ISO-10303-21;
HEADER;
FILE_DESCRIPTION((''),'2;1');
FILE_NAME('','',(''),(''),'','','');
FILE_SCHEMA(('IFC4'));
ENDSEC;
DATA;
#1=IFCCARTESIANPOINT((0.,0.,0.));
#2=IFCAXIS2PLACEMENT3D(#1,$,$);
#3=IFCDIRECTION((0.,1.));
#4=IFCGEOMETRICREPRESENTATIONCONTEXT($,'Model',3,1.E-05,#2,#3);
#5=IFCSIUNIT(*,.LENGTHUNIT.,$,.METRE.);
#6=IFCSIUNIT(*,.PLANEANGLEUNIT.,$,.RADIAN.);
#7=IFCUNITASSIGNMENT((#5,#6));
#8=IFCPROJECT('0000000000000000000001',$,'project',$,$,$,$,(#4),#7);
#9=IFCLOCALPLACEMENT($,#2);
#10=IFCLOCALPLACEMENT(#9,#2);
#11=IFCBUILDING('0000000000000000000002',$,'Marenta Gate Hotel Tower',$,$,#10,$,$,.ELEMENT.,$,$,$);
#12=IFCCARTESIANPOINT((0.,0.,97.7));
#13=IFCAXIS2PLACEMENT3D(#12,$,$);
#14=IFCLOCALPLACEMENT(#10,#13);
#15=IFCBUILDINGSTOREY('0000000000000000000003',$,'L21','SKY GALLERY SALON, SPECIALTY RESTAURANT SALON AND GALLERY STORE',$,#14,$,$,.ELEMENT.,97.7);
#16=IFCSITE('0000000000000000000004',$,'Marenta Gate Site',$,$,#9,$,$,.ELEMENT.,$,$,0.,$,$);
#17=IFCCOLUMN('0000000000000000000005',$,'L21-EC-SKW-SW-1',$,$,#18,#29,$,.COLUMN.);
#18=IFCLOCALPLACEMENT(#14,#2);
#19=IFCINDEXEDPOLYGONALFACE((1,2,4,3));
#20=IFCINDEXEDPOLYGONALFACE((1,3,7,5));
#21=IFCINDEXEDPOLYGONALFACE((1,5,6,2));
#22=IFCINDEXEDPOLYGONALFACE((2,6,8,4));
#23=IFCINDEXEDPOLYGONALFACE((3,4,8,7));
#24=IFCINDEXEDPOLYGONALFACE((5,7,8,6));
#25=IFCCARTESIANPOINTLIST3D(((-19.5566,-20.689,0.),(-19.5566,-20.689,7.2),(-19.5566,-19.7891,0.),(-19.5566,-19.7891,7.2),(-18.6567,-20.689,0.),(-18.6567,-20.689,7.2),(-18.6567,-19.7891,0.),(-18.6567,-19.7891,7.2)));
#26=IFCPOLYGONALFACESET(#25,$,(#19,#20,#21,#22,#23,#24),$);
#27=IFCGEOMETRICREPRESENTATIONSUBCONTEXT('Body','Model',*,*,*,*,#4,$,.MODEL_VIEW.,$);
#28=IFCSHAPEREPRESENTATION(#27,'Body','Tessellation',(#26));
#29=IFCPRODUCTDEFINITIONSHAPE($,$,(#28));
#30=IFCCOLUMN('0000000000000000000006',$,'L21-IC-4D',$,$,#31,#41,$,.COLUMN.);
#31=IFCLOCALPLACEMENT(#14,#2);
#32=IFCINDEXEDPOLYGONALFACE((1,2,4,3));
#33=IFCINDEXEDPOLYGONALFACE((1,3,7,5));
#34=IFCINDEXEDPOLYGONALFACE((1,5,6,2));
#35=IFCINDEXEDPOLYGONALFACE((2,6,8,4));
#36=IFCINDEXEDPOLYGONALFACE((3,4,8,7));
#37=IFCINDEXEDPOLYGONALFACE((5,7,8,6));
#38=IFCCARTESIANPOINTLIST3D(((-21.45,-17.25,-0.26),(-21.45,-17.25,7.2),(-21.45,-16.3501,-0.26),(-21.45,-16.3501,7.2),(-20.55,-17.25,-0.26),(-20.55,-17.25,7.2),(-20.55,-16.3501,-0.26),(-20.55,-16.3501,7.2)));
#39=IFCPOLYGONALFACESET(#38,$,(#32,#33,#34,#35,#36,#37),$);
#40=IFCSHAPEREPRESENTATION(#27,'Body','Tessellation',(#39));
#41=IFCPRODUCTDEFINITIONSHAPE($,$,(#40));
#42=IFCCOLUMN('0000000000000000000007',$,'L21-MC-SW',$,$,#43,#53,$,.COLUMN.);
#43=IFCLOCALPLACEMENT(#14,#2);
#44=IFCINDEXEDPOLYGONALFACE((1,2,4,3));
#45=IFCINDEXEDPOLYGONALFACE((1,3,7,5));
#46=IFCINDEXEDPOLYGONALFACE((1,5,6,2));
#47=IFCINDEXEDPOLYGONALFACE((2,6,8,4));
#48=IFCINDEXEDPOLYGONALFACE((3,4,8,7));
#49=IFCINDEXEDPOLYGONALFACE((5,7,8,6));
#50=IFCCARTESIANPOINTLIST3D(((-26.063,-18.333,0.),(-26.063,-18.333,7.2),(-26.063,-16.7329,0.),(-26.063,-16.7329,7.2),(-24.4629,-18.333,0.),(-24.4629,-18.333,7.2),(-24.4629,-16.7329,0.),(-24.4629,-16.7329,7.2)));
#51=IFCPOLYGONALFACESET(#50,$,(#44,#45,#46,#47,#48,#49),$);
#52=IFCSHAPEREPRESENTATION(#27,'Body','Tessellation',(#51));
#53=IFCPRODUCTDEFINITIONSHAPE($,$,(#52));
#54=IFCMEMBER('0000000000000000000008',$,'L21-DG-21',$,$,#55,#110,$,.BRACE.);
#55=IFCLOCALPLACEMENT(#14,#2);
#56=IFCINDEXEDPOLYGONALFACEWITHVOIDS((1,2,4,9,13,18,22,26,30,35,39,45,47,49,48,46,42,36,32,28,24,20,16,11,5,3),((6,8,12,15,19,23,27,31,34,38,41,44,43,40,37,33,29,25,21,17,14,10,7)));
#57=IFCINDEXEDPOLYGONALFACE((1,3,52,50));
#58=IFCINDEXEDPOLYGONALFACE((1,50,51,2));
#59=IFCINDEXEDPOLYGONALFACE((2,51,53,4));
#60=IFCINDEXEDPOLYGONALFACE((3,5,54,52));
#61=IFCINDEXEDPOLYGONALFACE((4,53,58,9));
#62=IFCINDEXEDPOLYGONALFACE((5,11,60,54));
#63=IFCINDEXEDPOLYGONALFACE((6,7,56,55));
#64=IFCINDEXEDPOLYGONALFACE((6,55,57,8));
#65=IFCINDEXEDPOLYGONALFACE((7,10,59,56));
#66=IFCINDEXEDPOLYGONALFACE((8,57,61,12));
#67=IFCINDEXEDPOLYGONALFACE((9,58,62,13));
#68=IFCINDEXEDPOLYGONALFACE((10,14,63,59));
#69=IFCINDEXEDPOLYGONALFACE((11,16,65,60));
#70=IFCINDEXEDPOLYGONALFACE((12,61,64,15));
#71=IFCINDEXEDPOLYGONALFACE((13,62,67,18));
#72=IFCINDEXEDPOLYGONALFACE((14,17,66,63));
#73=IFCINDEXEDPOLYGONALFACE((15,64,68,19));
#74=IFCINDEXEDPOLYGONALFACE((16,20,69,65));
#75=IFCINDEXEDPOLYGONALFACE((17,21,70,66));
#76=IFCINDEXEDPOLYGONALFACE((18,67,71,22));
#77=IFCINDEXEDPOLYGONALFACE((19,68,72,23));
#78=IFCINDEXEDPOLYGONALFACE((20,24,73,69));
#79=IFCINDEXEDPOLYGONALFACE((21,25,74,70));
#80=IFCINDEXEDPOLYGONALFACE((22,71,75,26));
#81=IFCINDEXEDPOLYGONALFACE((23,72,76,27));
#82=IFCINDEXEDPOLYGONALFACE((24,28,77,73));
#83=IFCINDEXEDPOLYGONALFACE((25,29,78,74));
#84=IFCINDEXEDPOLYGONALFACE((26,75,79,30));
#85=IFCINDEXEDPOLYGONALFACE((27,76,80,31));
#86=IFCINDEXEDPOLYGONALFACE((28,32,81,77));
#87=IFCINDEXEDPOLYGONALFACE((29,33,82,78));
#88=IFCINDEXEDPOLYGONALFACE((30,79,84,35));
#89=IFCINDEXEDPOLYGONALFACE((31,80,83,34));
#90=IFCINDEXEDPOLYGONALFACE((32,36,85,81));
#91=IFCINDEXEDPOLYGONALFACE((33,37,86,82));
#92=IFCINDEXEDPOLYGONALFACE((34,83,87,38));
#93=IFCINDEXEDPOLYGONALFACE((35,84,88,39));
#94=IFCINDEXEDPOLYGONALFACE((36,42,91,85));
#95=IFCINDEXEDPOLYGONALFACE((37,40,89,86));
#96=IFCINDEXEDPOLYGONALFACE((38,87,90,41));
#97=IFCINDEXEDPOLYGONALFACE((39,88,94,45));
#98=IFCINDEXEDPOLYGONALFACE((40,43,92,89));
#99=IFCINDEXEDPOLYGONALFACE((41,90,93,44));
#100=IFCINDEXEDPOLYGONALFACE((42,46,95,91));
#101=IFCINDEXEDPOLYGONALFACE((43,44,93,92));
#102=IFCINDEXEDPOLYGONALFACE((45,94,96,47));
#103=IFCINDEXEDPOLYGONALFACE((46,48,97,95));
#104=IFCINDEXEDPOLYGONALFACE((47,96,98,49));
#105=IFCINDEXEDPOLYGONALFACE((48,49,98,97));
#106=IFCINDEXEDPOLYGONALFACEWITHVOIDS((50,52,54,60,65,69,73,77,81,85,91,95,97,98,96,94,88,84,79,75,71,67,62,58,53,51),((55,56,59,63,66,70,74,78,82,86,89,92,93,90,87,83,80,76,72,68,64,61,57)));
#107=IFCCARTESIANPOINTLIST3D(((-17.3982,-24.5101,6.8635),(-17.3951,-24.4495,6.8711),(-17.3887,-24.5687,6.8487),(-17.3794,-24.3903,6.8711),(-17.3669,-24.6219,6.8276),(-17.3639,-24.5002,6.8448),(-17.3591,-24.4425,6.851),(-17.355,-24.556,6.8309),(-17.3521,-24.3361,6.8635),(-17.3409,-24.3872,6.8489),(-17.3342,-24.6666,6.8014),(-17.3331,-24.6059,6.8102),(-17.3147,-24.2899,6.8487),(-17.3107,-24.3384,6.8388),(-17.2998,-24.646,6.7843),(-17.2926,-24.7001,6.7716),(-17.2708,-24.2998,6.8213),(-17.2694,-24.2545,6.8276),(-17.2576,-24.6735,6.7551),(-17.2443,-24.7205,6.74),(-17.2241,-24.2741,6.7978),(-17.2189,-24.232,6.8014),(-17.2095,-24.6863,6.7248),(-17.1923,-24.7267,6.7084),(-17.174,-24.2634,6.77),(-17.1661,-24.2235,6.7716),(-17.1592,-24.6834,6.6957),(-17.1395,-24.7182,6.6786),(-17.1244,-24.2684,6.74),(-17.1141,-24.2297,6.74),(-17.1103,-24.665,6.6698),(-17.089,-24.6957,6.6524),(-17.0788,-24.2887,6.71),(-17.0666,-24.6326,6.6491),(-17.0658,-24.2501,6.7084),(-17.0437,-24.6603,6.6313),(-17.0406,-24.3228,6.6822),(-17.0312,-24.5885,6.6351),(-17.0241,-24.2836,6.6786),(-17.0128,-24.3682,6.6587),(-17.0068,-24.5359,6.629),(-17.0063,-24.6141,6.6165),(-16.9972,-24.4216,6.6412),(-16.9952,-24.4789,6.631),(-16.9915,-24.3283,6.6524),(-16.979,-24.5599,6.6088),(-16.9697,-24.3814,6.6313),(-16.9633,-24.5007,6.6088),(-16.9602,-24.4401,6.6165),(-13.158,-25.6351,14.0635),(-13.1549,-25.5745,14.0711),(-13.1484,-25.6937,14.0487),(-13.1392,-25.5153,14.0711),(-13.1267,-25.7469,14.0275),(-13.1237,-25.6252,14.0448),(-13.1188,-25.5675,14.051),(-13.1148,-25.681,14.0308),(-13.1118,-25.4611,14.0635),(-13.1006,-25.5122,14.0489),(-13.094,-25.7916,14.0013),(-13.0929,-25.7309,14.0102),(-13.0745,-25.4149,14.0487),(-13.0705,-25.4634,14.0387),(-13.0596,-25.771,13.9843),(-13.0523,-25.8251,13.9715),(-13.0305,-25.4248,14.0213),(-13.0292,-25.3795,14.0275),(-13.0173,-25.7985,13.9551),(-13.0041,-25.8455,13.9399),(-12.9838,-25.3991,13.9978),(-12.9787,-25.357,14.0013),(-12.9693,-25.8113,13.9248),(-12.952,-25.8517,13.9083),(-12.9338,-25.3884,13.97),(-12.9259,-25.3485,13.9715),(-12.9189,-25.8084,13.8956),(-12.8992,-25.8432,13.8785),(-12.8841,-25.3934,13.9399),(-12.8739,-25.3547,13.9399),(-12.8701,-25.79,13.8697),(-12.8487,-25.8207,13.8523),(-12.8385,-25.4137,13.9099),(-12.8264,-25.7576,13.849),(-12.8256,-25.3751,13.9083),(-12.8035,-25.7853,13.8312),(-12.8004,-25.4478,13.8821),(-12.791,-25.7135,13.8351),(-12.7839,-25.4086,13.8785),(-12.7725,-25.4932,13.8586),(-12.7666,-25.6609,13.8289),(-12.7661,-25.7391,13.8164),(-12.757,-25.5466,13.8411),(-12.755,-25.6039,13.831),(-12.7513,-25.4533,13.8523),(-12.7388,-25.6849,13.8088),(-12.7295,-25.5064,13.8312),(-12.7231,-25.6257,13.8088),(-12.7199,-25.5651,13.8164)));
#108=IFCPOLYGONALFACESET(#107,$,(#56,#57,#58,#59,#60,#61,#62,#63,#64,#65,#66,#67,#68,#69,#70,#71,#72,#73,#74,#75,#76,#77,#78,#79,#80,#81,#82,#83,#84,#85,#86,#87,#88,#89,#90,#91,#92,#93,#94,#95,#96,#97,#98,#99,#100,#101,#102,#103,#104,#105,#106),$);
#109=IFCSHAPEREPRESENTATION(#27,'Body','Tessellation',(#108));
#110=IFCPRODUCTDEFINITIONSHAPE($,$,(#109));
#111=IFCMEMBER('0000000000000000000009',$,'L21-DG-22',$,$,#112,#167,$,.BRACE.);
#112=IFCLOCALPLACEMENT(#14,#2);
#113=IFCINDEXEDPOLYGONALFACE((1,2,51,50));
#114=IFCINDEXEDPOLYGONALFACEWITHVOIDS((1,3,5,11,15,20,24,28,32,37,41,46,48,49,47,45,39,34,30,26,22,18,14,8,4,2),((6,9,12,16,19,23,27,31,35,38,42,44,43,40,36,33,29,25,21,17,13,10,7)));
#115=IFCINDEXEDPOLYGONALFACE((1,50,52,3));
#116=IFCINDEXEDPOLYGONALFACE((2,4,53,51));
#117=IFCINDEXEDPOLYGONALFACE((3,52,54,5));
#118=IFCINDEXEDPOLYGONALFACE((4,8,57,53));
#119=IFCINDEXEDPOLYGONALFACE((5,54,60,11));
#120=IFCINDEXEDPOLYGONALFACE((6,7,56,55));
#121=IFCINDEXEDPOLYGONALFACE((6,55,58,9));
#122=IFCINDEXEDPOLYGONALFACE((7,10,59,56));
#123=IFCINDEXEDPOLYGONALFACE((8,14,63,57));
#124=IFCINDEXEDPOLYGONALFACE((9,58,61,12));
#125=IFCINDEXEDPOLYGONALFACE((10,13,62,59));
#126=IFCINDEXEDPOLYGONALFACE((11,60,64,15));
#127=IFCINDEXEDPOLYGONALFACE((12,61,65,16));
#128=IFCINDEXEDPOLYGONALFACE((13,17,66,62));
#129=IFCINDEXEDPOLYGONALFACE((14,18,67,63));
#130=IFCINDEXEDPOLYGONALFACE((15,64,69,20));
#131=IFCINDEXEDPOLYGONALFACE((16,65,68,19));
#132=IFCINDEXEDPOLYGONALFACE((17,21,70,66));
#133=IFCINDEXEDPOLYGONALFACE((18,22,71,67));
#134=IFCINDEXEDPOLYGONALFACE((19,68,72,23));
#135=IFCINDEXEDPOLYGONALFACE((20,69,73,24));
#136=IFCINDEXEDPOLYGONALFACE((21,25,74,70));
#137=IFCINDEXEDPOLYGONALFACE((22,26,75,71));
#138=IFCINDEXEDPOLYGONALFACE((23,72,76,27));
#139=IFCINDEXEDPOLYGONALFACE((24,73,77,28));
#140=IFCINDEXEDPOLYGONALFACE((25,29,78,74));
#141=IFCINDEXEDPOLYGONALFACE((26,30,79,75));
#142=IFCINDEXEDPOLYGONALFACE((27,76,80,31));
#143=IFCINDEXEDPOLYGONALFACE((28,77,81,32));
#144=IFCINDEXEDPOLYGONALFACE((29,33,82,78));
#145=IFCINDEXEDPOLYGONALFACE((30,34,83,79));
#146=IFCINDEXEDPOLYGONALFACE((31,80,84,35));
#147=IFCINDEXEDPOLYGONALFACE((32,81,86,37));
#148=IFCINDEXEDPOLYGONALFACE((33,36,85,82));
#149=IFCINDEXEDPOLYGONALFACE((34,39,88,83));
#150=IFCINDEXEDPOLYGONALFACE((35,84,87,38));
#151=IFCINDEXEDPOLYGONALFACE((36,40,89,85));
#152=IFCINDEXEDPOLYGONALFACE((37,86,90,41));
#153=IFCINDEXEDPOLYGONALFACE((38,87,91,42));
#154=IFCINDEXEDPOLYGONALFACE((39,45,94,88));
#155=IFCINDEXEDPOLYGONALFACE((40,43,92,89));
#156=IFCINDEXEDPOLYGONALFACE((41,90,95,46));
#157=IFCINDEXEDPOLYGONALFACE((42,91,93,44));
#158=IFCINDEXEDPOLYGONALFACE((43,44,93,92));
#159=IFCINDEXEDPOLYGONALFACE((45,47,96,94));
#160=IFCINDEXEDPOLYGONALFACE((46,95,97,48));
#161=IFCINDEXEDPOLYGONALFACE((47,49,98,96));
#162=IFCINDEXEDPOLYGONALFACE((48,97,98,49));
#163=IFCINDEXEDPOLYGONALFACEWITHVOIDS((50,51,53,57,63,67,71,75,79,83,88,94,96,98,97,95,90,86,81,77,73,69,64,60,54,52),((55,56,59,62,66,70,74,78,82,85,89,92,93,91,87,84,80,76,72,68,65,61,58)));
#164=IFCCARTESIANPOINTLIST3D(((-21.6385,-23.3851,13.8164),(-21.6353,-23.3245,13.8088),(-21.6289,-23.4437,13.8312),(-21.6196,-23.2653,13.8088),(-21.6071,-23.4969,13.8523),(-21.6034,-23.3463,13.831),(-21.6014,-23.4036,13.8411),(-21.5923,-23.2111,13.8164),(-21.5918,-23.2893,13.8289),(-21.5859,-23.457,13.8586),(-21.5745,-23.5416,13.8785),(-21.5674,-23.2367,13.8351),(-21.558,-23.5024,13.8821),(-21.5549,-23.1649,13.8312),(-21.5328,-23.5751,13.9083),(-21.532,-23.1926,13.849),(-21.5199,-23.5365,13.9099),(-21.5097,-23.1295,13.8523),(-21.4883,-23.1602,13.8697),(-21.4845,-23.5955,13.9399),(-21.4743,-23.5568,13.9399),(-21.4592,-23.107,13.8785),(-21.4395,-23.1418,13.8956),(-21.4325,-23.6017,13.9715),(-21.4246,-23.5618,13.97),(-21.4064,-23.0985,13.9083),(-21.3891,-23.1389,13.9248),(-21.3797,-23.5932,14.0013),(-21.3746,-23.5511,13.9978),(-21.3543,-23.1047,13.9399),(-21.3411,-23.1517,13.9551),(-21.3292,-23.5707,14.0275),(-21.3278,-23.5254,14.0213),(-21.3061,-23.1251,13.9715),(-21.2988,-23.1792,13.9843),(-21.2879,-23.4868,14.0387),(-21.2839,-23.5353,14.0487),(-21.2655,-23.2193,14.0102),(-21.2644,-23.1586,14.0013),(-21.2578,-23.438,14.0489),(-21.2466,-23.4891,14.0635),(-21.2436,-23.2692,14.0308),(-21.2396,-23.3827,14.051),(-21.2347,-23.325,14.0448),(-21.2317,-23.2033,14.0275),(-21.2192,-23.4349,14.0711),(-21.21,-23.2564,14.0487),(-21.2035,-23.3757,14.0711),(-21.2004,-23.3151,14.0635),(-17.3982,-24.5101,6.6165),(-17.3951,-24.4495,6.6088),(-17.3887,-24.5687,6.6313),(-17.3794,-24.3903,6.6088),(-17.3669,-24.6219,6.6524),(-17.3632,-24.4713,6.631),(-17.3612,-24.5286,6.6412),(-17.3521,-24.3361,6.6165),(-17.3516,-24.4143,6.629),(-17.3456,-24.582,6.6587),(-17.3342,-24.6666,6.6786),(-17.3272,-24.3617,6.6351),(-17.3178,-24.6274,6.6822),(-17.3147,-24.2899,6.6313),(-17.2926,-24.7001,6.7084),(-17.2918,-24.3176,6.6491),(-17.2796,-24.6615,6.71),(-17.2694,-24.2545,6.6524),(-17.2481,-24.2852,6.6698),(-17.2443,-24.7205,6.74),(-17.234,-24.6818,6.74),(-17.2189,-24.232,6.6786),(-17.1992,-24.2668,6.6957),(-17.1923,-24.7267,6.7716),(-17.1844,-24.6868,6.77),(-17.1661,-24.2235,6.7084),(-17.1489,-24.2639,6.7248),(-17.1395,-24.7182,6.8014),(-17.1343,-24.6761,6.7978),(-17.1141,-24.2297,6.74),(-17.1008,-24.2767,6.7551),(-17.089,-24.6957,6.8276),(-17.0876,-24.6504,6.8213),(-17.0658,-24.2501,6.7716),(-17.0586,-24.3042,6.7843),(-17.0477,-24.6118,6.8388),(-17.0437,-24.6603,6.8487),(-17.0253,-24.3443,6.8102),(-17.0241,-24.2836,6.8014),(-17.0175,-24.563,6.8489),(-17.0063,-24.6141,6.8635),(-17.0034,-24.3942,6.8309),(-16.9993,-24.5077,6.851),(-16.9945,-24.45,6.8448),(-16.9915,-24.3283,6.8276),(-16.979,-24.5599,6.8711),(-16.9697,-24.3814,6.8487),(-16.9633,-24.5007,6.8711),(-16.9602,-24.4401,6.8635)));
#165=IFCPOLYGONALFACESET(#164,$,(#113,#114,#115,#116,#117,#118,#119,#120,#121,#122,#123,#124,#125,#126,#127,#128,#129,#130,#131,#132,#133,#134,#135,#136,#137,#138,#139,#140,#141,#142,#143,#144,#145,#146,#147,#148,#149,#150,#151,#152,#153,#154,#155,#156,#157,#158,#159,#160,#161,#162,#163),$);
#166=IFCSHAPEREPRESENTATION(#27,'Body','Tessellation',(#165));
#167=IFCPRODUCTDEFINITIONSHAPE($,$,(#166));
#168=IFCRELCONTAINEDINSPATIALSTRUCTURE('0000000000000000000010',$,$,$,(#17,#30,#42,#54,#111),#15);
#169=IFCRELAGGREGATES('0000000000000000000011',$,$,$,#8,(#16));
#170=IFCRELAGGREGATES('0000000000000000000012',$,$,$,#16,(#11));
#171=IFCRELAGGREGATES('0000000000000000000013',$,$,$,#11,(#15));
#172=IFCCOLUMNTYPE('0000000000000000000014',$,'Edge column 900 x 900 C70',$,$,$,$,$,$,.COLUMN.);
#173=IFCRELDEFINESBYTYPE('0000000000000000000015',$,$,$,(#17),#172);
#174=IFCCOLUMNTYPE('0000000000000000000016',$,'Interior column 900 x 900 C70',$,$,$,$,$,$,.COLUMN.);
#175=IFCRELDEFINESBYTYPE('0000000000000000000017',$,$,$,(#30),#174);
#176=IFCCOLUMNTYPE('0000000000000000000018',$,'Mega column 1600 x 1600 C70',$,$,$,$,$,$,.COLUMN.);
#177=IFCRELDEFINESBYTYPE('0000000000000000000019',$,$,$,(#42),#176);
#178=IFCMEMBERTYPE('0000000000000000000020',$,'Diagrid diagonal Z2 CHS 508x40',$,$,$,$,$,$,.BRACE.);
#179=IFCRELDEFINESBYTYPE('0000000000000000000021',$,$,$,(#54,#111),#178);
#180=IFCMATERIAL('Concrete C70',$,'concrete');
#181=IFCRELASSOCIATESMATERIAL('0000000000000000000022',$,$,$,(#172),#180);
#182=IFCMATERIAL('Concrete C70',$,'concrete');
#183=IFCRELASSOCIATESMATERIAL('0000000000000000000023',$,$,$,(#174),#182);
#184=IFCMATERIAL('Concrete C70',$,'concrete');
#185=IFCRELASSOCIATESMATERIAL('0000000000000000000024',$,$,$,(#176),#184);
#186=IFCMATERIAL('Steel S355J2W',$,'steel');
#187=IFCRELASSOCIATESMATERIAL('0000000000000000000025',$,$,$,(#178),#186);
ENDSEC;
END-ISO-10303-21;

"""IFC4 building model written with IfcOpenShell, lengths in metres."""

from ifc_helpers import new_model, si_unit, direction, frame, origin, origin_2d, place, context, subcontext, project, spatial, rectangle, hollow_circle, extrude, material, material_profile, profile_set, type_object, element, save


model = new_model("IFC4")

# Units and contexts
model_context = context("Model", 3, precision=1e-05, world=origin(), true_north=direction((0.0, 1.0)))
body_context = subcontext(model_context, "Body", "Model", "MODEL_VIEW")
ifc_project = project(units=[si_unit("LENGTHUNIT", "METRE"), si_unit("PLANEANGLEUNIT", "RADIAN")], contexts=[model_context])

# Site, building, storey
site_placement = place(None, origin())
site = spatial("IfcSite", under=ifc_project, at=site_placement, Name="Marenta Gate Site", CompositionType="ELEMENT", RefElevation=0.0)
building_placement = place(site_placement, origin())
building = spatial("IfcBuilding", under=site, at=building_placement, Name="Marenta Gate Hotel Tower", CompositionType="ELEMENT")
storey_placement = place(building_placement, frame((0.0, 0.0, 97.7)))
storey = spatial("IfcBuildingStorey", under=building, at=storey_placement, Name="L21", Description="SKY GALLERY SALON, SPECIALTY RESTAURANT SALON AND GALLERY STORE", CompositionType="ELEMENT", Elevation=97.7)

# Columns
ifc_material_1 = material(Name="Concrete C70", Category="concrete")
ifc_material_profile_1 = material_profile(ifc_material_1, rectangle(XDim=0.8999, YDim=0.8999, at=origin_2d()), Name="900 x 900")
ifc_profile_set_1 = profile_set([ifc_material_profile_1], Name="Concrete C70")
column_type_1 = type_object("IfcColumnType", Name="Edge column 900 x 900 C70", PredefinedType="COLUMN", material=ifc_profile_set_1)
column_1_placement = place(storey_placement, frame((-19.1067, -20.239, 0.0), z_axis=(0.0, 0.0, 1.0), x_axis=(1.0, 0.0, 0.0)))
element("IfcColumn", 1, at=column_1_placement, inside=storey, type_object=column_type_1, Name="L21-EC-SKW-SW-1", PredefinedType="COLUMN", context=body_context, shape_type="SweptSolid", body=[
    extrude(rectangle(XDim=0.8999, YDim=0.8999, at=origin_2d()), origin(), (0.0, 0.0, 1.0), 7.2),
])
ifc_material_2 = material(Name="Concrete C70", Category="concrete")
ifc_material_profile_2 = material_profile(ifc_material_2, rectangle(XDim=0.8999, YDim=0.8999, at=origin_2d()), Name="900 x 900")
ifc_profile_set_2 = profile_set([ifc_material_profile_2], Name="Concrete C70")
column_type_2 = type_object("IfcColumnType", Name="Interior column 900 x 900 C70", PredefinedType="COLUMN", material=ifc_profile_set_2)
column_2_placement = place(storey_placement, frame((-21.0, -16.8, -0.26), z_axis=(0.0, 0.0, 1.0), x_axis=(1.0, 0.0, 0.0)))
element("IfcColumn", 2, at=column_2_placement, inside=storey, type_object=column_type_2, Name="L21-IC-4D", PredefinedType="COLUMN", context=body_context, shape_type="SweptSolid", body=[
    extrude(rectangle(XDim=0.8999, YDim=0.8999, at=origin_2d()), origin(), (0.0, 0.0, 1.0), 7.46),
])
ifc_material_3 = material(Name="Concrete C70", Category="concrete")
ifc_material_profile_3 = material_profile(ifc_material_3, rectangle(XDim=1.6001, YDim=1.6001, at=origin_2d()), Name="1600 x 1600")
ifc_profile_set_3 = profile_set([ifc_material_profile_3], Name="Concrete C70")
column_type_3 = type_object("IfcColumnType", Name="Mega column 1600 x 1600 C70", PredefinedType="COLUMN", material=ifc_profile_set_3)
column_3_placement = place(storey_placement, frame((-25.2629, -17.533, 0.0), z_axis=(0.0, 0.0, 1.0), x_axis=(1.0, 0.0, 0.0)))
element("IfcColumn", 3, at=column_3_placement, inside=storey, type_object=column_type_3, Name="L21-MC-SW", PredefinedType="COLUMN", context=body_context, shape_type="SweptSolid", body=[
    extrude(rectangle(XDim=1.6001, YDim=1.6001, at=origin_2d()), origin(), (0.0, 0.0, 1.0), 7.2),
])

# Members
ifc_material_4 = material(Name="Steel S355J2W", Category="steel")
ifc_material_profile_4 = material_profile(ifc_material_4, hollow_circle(Radius=0.2539, WallThickness=0.04, at=origin_2d()), Name="CHS 508x40")
ifc_profile_set_4 = profile_set([ifc_material_profile_4], Name="Steel S355J2W")
member_type_1 = type_object("IfcMemberType", Name="Diagrid diagonal Z2 CHS 508x40", PredefinedType="BRACE", material=ifc_profile_set_4)
for number, where, z_axis, x_axis, name in (
    (4, (-17.1792, -24.4751, 6.74), (0.502924, -0.133434, 0.853969), (0.256443, 0.966559, 0.0), "L21-DG-21"),
    (5, (-17.1792, -24.4751, 6.74), (-0.502924, 0.133434, 0.853969), (-0.256443, -0.966559, 0.0), "L21-DG-22"),
):
    element("IfcMember", number, at=place(storey_placement, frame(where, z_axis=z_axis, x_axis=x_axis)), inside=storey, type_object=member_type_1, Name=name, PredefinedType="BRACE", context=body_context, shape_type="SweptSolid", body=[
        extrude(hollow_circle(Radius=0.2539, WallThickness=0.04, at=origin_2d()), origin(), (0.0, 0.0, 1.0), 8.4312),
    ])

save(model, "model.ifc")
